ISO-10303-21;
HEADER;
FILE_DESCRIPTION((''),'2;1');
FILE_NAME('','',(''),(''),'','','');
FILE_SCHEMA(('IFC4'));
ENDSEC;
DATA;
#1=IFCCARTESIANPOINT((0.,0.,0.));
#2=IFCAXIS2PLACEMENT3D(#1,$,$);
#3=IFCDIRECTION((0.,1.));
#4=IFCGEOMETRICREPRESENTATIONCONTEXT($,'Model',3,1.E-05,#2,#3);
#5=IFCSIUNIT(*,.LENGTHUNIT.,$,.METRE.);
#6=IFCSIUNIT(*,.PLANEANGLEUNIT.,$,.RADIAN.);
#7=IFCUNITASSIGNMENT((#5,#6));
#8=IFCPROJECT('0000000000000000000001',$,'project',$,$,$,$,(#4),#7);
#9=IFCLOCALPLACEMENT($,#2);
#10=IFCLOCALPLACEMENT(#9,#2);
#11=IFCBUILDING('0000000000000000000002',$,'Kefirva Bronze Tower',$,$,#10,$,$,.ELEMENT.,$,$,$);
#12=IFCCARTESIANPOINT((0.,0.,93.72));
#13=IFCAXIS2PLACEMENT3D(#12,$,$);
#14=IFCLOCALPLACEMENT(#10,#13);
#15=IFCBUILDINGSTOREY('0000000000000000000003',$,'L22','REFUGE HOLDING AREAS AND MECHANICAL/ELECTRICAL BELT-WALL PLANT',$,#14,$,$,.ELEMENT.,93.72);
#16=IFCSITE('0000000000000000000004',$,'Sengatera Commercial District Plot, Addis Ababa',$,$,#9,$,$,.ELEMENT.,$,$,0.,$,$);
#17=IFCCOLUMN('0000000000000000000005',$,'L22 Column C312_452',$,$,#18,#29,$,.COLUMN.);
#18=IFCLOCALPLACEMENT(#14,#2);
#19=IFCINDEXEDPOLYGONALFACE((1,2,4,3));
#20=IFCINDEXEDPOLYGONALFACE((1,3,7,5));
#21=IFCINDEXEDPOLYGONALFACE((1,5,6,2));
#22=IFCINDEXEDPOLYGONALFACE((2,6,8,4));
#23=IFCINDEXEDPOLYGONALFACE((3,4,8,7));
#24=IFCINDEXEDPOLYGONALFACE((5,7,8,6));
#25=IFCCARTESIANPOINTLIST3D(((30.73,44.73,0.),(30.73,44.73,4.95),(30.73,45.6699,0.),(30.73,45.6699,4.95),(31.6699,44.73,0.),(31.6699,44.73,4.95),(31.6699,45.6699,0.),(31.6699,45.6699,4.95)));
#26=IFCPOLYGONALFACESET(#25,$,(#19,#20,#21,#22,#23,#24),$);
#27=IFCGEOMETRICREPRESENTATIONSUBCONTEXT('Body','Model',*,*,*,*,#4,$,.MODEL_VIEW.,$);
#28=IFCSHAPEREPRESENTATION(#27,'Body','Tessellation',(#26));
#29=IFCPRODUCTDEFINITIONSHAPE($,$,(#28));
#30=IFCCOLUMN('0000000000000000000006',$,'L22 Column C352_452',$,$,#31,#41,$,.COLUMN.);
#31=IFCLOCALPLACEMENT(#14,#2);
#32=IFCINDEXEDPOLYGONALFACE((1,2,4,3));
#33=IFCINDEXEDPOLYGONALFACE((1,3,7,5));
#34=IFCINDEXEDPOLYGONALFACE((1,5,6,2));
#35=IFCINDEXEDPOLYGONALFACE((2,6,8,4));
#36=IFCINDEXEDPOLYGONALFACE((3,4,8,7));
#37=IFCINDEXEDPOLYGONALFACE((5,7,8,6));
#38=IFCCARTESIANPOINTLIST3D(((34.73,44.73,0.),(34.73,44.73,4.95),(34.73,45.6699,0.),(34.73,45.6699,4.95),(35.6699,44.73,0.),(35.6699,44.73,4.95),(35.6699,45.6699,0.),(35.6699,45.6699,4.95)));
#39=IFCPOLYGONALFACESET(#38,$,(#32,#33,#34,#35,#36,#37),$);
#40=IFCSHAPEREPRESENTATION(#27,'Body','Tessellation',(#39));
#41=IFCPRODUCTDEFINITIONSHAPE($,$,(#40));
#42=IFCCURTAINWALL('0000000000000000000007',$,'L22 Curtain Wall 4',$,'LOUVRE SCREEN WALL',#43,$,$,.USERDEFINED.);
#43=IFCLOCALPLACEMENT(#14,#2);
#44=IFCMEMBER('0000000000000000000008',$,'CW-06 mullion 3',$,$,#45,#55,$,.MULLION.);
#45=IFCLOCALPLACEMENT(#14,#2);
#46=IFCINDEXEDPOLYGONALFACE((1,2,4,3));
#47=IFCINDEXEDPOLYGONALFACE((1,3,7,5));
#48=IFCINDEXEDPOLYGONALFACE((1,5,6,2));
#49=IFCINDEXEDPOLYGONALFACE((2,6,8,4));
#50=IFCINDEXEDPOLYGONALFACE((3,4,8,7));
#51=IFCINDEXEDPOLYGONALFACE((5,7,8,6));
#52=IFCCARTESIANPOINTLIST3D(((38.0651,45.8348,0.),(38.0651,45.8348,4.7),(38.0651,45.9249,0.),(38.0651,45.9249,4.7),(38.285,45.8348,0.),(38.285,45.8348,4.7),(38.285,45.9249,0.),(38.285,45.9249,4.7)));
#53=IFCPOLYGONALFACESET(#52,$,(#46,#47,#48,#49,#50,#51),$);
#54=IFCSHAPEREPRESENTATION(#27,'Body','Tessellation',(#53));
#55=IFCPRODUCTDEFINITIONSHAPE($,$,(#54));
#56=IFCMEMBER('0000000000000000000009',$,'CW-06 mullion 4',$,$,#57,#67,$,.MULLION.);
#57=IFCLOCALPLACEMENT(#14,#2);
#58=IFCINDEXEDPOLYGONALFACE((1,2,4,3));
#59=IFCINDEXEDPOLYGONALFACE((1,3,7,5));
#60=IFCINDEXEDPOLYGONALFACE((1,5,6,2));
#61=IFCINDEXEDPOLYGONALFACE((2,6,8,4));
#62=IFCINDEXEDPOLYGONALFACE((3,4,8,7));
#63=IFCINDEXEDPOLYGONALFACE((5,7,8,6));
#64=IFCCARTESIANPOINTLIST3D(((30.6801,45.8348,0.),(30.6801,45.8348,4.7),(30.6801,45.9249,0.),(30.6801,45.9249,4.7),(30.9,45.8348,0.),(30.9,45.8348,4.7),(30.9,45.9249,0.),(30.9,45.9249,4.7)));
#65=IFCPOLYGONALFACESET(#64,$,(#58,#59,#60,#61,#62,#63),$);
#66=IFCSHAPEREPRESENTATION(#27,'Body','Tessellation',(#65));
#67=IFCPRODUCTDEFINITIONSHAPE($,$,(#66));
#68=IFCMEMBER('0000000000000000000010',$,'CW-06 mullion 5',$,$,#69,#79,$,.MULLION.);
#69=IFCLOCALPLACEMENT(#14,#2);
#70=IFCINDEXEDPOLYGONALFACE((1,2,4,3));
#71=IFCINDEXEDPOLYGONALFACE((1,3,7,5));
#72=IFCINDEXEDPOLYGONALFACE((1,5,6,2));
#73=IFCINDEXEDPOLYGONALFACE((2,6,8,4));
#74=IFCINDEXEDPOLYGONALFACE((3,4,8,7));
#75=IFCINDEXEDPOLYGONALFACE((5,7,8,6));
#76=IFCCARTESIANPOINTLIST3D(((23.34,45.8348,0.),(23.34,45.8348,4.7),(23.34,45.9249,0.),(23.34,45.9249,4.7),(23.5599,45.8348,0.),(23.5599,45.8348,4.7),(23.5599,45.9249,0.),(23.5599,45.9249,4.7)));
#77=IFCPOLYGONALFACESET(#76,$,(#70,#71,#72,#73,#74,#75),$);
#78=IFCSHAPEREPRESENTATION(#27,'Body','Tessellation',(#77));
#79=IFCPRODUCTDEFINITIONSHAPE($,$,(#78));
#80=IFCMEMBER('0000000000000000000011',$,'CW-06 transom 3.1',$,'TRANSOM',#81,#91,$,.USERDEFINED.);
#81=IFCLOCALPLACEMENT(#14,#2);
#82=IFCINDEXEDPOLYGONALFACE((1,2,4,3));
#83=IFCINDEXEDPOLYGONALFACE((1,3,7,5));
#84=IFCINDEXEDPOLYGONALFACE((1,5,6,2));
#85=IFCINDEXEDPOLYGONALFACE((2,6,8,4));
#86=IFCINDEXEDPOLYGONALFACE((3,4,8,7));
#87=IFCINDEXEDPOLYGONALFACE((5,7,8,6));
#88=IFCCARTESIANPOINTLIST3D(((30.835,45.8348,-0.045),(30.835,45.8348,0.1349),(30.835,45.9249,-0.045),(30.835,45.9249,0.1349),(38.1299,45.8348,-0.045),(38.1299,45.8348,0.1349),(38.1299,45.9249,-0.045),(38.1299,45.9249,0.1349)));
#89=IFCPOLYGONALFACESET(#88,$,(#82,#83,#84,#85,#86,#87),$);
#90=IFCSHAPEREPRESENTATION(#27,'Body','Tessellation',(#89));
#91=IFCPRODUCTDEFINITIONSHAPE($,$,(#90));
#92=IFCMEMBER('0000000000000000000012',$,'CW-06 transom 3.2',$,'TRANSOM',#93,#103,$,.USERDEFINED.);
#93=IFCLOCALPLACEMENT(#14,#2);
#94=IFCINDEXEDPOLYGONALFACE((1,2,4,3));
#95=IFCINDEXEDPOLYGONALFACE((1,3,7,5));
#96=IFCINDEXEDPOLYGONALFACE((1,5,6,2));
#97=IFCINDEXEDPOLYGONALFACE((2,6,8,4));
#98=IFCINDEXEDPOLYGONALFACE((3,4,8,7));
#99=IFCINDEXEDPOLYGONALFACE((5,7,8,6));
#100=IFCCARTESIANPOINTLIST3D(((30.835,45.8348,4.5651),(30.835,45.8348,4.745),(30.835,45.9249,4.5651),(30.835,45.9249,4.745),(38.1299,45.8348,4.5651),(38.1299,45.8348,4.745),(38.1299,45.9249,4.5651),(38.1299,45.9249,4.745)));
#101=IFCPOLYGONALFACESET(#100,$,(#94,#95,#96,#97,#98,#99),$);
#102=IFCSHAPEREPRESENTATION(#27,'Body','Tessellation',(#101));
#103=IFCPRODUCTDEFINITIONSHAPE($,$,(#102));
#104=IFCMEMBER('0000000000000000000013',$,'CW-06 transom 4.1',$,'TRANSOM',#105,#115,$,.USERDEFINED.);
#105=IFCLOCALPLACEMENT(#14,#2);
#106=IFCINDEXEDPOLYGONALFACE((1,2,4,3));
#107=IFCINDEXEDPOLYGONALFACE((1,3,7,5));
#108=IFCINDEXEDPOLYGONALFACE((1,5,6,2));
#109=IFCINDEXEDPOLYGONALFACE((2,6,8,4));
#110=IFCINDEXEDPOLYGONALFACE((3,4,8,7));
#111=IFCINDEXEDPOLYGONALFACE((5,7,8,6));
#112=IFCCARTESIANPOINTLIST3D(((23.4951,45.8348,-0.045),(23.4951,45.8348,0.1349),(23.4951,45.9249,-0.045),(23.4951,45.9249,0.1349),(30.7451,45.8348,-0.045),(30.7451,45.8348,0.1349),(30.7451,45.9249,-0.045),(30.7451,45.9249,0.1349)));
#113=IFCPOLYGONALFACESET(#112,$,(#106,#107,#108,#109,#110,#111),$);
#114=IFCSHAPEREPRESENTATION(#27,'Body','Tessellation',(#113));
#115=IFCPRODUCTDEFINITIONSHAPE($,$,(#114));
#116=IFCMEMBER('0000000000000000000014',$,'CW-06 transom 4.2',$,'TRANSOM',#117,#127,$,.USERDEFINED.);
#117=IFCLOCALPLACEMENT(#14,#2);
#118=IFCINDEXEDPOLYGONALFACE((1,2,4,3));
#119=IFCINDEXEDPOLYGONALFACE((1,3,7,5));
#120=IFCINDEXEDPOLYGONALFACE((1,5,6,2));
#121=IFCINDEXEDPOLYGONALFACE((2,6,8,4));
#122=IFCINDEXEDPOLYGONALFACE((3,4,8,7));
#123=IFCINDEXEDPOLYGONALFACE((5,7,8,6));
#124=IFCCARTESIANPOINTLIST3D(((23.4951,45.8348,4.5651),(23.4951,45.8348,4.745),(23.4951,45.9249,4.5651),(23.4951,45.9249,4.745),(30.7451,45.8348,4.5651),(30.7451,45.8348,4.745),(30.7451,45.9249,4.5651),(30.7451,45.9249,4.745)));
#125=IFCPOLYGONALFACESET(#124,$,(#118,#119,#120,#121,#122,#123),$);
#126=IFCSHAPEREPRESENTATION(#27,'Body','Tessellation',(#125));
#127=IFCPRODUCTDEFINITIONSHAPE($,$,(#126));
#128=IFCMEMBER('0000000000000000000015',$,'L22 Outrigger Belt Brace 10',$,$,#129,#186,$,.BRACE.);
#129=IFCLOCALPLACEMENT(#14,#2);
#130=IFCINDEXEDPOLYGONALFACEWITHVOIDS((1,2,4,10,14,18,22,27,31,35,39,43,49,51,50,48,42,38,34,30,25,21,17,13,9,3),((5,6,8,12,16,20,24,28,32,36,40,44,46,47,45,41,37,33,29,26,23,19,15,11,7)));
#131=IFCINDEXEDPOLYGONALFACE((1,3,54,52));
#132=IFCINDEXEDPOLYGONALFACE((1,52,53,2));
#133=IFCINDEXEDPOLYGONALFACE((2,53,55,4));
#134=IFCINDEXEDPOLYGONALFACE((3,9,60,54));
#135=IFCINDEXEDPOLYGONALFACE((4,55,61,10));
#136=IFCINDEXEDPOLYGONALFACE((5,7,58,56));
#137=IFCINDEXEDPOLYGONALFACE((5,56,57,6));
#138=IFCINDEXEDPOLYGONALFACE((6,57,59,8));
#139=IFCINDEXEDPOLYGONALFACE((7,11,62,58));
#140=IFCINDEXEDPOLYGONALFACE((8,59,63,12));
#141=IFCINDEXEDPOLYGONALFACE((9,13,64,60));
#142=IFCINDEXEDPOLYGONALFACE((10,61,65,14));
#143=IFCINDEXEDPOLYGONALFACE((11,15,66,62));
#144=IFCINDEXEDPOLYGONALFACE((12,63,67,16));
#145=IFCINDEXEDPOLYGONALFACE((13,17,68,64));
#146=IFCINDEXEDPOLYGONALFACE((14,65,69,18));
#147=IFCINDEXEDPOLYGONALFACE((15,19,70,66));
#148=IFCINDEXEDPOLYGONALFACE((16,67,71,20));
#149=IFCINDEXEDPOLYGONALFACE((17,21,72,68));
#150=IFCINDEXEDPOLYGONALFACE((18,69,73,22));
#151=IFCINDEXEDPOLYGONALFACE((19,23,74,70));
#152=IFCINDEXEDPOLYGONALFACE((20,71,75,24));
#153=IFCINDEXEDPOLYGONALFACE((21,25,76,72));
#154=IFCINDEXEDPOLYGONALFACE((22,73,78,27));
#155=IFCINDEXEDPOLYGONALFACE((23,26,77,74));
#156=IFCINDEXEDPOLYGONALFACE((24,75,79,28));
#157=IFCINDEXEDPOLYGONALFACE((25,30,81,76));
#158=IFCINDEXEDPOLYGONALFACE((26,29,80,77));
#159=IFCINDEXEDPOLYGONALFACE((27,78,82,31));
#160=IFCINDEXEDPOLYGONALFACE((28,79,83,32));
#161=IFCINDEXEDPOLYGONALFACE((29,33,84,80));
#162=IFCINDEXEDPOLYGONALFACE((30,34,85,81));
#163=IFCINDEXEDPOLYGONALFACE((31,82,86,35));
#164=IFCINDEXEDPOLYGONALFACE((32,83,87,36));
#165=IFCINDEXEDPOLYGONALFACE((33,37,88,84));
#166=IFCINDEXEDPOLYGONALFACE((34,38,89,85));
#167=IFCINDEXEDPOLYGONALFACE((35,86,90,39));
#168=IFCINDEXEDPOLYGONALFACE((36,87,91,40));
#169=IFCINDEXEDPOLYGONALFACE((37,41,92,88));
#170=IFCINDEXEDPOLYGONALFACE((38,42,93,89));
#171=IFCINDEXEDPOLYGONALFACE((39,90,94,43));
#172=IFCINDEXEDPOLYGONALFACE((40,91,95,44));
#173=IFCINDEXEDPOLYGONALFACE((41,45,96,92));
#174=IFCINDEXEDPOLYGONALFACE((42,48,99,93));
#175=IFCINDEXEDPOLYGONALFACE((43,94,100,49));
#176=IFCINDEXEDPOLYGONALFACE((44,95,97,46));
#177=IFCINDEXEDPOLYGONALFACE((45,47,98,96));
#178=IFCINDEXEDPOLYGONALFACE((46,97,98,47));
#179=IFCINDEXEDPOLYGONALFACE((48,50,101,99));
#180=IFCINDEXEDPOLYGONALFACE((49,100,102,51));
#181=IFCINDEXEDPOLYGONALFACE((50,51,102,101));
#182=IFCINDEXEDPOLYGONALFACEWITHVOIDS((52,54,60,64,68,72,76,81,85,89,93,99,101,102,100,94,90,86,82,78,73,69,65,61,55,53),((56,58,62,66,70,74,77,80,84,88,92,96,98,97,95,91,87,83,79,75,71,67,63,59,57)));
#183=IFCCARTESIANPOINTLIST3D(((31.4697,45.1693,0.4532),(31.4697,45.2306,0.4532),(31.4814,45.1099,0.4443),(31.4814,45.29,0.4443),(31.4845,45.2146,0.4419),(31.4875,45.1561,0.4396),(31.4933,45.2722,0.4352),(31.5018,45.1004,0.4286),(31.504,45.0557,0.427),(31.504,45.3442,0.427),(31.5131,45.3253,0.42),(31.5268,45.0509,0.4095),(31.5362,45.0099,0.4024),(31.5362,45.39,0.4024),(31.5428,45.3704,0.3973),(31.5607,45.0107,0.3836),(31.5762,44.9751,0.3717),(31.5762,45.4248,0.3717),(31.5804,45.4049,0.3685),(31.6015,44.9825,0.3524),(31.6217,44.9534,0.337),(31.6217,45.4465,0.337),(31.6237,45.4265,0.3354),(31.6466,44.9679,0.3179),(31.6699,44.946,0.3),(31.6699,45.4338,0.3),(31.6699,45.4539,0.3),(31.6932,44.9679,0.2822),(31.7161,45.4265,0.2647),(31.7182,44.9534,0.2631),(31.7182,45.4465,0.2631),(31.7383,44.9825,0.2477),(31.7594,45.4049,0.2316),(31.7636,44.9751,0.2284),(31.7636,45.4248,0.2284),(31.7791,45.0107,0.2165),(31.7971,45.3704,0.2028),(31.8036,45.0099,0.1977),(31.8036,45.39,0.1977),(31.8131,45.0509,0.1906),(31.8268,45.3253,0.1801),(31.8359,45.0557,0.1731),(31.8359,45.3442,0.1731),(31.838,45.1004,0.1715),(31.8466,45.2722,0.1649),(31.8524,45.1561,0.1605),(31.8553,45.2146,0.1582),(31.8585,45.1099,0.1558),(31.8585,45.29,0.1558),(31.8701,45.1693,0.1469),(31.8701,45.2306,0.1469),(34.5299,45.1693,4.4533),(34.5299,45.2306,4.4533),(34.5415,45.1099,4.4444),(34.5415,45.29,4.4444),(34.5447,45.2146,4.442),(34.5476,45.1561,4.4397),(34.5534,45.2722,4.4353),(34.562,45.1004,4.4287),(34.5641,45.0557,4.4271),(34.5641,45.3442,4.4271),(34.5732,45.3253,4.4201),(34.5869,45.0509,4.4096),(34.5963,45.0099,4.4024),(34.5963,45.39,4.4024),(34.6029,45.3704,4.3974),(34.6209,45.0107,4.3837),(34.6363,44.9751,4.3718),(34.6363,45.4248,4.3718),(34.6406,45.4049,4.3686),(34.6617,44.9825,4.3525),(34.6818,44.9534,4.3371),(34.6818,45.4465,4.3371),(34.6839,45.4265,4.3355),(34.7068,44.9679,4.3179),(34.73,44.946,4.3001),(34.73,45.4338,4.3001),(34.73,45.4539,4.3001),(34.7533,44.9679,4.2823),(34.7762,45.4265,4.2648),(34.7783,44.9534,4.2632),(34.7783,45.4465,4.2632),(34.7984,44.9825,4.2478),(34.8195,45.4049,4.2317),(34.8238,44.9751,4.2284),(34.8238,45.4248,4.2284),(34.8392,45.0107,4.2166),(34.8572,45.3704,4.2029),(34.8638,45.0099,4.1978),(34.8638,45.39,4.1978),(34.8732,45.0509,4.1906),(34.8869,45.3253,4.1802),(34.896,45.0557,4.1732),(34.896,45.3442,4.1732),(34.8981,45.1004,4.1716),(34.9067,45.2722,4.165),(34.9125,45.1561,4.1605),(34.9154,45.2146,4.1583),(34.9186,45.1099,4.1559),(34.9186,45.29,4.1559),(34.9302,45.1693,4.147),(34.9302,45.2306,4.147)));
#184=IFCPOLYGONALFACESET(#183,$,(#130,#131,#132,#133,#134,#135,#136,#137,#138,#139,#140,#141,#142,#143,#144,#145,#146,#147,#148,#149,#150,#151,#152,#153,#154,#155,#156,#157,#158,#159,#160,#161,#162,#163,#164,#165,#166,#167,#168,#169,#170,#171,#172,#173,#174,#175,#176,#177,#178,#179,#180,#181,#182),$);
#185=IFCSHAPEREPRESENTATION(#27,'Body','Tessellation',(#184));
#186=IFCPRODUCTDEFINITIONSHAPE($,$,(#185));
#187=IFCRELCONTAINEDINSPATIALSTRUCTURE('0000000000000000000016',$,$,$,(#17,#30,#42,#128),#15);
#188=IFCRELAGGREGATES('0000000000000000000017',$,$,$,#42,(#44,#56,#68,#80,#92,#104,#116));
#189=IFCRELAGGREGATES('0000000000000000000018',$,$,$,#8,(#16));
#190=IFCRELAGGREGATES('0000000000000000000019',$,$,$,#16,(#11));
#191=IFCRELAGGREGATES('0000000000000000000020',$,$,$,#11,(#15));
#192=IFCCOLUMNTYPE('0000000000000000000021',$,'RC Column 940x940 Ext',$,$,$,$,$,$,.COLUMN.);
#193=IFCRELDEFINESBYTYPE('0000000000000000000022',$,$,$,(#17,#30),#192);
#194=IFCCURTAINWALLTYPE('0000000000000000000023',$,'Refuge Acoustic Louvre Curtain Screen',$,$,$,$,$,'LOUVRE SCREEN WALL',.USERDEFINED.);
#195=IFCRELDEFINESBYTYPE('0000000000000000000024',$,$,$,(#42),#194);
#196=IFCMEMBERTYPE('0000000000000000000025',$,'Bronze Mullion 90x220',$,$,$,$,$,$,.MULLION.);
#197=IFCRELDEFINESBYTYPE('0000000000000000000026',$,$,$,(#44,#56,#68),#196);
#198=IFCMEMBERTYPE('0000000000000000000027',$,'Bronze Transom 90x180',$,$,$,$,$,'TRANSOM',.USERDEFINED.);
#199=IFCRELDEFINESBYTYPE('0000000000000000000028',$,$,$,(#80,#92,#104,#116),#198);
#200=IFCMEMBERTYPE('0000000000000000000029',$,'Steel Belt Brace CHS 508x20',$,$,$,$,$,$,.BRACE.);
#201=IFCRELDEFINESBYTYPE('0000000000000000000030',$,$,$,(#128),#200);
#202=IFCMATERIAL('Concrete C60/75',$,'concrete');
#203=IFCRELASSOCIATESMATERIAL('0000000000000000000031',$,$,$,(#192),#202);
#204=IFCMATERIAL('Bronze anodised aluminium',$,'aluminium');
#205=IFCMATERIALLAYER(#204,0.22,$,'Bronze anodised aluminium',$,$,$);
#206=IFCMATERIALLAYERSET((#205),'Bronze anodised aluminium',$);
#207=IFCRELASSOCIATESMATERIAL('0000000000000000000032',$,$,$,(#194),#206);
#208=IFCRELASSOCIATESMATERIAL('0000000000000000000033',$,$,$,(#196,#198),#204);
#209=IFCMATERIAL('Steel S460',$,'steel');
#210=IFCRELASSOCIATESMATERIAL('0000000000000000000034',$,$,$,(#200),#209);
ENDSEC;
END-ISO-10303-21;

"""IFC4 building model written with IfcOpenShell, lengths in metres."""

from ifc_helpers import new_model, si_unit, direction, frame, origin, origin_2d, place, context, subcontext, project, spatial, rectangle, hollow_circle, extrude, material, layer, layer_set, material_profile, profile_set, type_object, element, aggregate, save


model = new_model("IFC4")

# Units and contexts
model_context = context("Model", 3, precision=1e-05, world=origin(), true_north=direction((0.0, 1.0)))
body_context = subcontext(model_context, "Body", "Model", "MODEL_VIEW")
ifc_project = project(units=[si_unit("LENGTHUNIT", "METRE"), si_unit("PLANEANGLEUNIT", "RADIAN")], contexts=[model_context])

# Site, building, storey
site_placement = place(None, origin())
site = spatial("IfcSite", under=ifc_project, at=site_placement, Name="Sengatera Commercial District Plot, Addis Ababa", CompositionType="ELEMENT", RefElevation=0.0)
building_placement = place(site_placement, origin())
building = spatial("IfcBuilding", under=site, at=building_placement, Name="Kefirva Bronze Tower", CompositionType="ELEMENT")
storey_placement = place(building_placement, frame((0.0, 0.0, 93.72)))
storey = spatial("IfcBuildingStorey", under=building, at=storey_placement, Name="L22", Description="REFUGE HOLDING AREAS AND MECHANICAL/ELECTRICAL BELT-WALL PLANT", CompositionType="ELEMENT", Elevation=93.72)

# Columns
ifc_material_1 = material(Name="Concrete C60/75", Category="concrete")
ifc_material_profile_1 = material_profile(ifc_material_1, rectangle(XDim=0.9399, YDim=0.9399, at=origin_2d()), Name="RC 940x940")
ifc_profile_set_1 = profile_set([ifc_material_profile_1], Name="Concrete C60/75")
column_type = type_object("IfcColumnType", Name="RC Column 940x940 Ext", PredefinedType="COLUMN", material=ifc_profile_set_1)
for number, where, z_axis, x_axis, name in (
    (1, (31.2, 45.2, 0.0), (0.0, 0.0, 1.0), (1.0, 0.0, 0.0), "L22 Column C312_452"),
    (2, (35.2, 45.2, 0.0), (0.0, 0.0, 1.0), (1.0, 0.0, 0.0), "L22 Column C352_452"),
):
    element("IfcColumn", number, at=place(storey_placement, frame(where, z_axis=z_axis, x_axis=x_axis)), inside=storey, type_object=column_type, Name=name, PredefinedType="COLUMN", context=body_context, shape_type="SweptSolid", body=[
        extrude(rectangle(XDim=0.9399, YDim=0.9399, at=origin_2d()), origin(), (0.0, 0.0, 1.0), 4.95),
    ])

# Curtain wall, members
ifc_material_2 = material(Name="Bronze anodised aluminium", Category="aluminium")
ifc_layer_1 = layer(ifc_material_2, 0.22, Name="Bronze anodised aluminium")
ifc_layer_set_1 = layer_set([ifc_layer_1], Name="Bronze anodised aluminium")
curtain_wall_type = type_object("IfcCurtainWallType", Name="Refuge Acoustic Louvre Curtain Screen", ElementType="LOUVRE SCREEN WALL", PredefinedType="USERDEFINED", material=ifc_layer_set_1)
curtain_wall_placement = place(storey_placement, origin())
curtain_wall = element("IfcCurtainWall", 3, at=curtain_wall_placement, inside=storey, type_object=curtain_wall_type, Name="L22 Curtain Wall 4", ObjectType="LOUVRE SCREEN WALL", PredefinedType="USERDEFINED")
ifc_material_profile_2 = material_profile(ifc_material_2, rectangle(XDim=0.0901, YDim=0.22, at=origin_2d()), Name="ALU 90x220")
ifc_profile_set_2 = profile_set([ifc_material_profile_2], Name="Bronze anodised aluminium")
member_type_1 = type_object("IfcMemberType", Name="Bronze Mullion 90x220", PredefinedType="MULLION", material=ifc_profile_set_2)
member_1_placement = place(storey_placement, frame((38.175, 45.8799, 0.0), z_axis=(0.0, 0.0, 1.0), x_axis=(0.0, -1.0, 0.0)))
member_1 = element("IfcMember", 4, at=member_1_placement, type_object=member_type_1, Name="CW-06 mullion 3", PredefinedType="MULLION", context=body_context, shape_type="SweptSolid", body=[
    extrude(rectangle(XDim=0.0901, YDim=0.22, at=origin_2d()), origin(), (0.0, 0.0, 1.0), 4.7),
])
member_2_placement = place(storey_placement, frame((30.79, 45.8799, 0.0), z_axis=(0.0, 0.0, 1.0), x_axis=(0.0, -1.0, 0.0)))
member_2 = element("IfcMember", 5, at=member_2_placement, type_object=member_type_1, Name="CW-06 mullion 4", PredefinedType="MULLION", context=body_context, shape_type="SweptSolid", body=[
    extrude(rectangle(XDim=0.0901, YDim=0.22, at=origin_2d()), origin(), (0.0, 0.0, 1.0), 4.7),
])
member_3_placement = place(storey_placement, frame((23.45, 45.8799, 0.0), z_axis=(0.0, 0.0, 1.0), x_axis=(0.0, -1.0, 0.0)))
member_3 = element("IfcMember", 6, at=member_3_placement, type_object=member_type_1, Name="CW-06 mullion 5", PredefinedType="MULLION", context=body_context, shape_type="SweptSolid", body=[
    extrude(rectangle(XDim=0.0901, YDim=0.22, at=origin_2d()), origin(), (0.0, 0.0, 1.0), 4.7),
])
ifc_material_profile_3 = material_profile(ifc_material_2, rectangle(XDim=0.0901, YDim=0.1799, at=origin_2d()), Name="ALU 90x180")
ifc_profile_set_3 = profile_set([ifc_material_profile_3], Name="Bronze anodised aluminium")
member_type_2 = type_object("IfcMemberType", Name="Bronze Transom 90x180", ElementType="TRANSOM", PredefinedType="USERDEFINED", material=ifc_profile_set_3)
member_4_placement = place(storey_placement, frame((38.1299, 45.8799, 0.0449), z_axis=(-1.0, 0.0, 0.0), x_axis=(0.0, -1.0, 0.0)))
member_4 = element("IfcMember", 7, at=member_4_placement, type_object=member_type_2, Name="CW-06 transom 3.1", ObjectType="TRANSOM", PredefinedType="USERDEFINED", context=body_context, shape_type="SweptSolid", body=[
    extrude(rectangle(XDim=0.0901, YDim=0.1799, at=origin_2d()), origin(), (0.0, 0.0, 1.0), 7.2949),
])
member_5_placement = place(storey_placement, frame((38.1299, 45.8799, 4.655), z_axis=(-1.0, 0.0, 0.0), x_axis=(0.0, -1.0, 0.0)))
member_5 = element("IfcMember", 8, at=member_5_placement, type_object=member_type_2, Name="CW-06 transom 3.2", ObjectType="TRANSOM", PredefinedType="USERDEFINED", context=body_context, shape_type="SweptSolid", body=[
    extrude(rectangle(XDim=0.0901, YDim=0.1799, at=origin_2d()), origin(), (0.0, 0.0, 1.0), 7.2949),
])
member_6_placement = place(storey_placement, frame((30.7451, 45.8799, 0.0449), z_axis=(-1.0, 0.0, 0.0), x_axis=(0.0, -1.0, 0.0)))
member_6 = element("IfcMember", 9, at=member_6_placement, type_object=member_type_2, Name="CW-06 transom 4.1", ObjectType="TRANSOM", PredefinedType="USERDEFINED", context=body_context, shape_type="SweptSolid", body=[
    extrude(rectangle(XDim=0.0901, YDim=0.1799, at=origin_2d()), origin(), (0.0, 0.0, 1.0), 7.25),
])
member_7_placement = place(storey_placement, frame((30.7451, 45.8799, 4.655), z_axis=(-1.0, 0.0, 0.0), x_axis=(0.0, -1.0, 0.0)))
member_7 = element("IfcMember", 10, at=member_7_placement, type_object=member_type_2, Name="CW-06 transom 4.2", ObjectType="TRANSOM", PredefinedType="USERDEFINED", context=body_context, shape_type="SweptSolid", body=[
    extrude(rectangle(XDim=0.0901, YDim=0.1799, at=origin_2d()), origin(), (0.0, 0.0, 1.0), 7.25),
])

# Member
ifc_material_3 = material(Name="Steel S460", Category="steel")
ifc_material_profile_4 = material_profile(ifc_material_3, hollow_circle(Radius=0.2539, WallThickness=0.02, at=origin_2d()), Name="CHS 508x20")
ifc_profile_set_4 = profile_set([ifc_material_profile_4], Name="Steel S460")
member_type_3 = type_object("IfcMemberType", Name="Steel Belt Brace CHS 508x20", PredefinedType="BRACE", material=ifc_profile_set_4)
member_8_placement = place(storey_placement, frame((31.6699, 45.2, 0.3), z_axis=(0.607605, 0.0, 0.794239), x_axis=(0.0, 1.0, 0.0)))
element("IfcMember", 11, at=member_8_placement, inside=storey, type_object=member_type_3, Name="L22 Outrigger Belt Brace 10", PredefinedType="BRACE", context=body_context, shape_type="SweptSolid", body=[
    extrude(hollow_circle(Radius=0.2539, WallThickness=0.02, at=origin_2d()), origin(), (0.0, 0.0, 1.0), 5.0364),
])

aggregate(curtain_wall, [member_1, member_2, member_3, member_4, member_5, member_6, member_7])

save(model, "model.ifc")
